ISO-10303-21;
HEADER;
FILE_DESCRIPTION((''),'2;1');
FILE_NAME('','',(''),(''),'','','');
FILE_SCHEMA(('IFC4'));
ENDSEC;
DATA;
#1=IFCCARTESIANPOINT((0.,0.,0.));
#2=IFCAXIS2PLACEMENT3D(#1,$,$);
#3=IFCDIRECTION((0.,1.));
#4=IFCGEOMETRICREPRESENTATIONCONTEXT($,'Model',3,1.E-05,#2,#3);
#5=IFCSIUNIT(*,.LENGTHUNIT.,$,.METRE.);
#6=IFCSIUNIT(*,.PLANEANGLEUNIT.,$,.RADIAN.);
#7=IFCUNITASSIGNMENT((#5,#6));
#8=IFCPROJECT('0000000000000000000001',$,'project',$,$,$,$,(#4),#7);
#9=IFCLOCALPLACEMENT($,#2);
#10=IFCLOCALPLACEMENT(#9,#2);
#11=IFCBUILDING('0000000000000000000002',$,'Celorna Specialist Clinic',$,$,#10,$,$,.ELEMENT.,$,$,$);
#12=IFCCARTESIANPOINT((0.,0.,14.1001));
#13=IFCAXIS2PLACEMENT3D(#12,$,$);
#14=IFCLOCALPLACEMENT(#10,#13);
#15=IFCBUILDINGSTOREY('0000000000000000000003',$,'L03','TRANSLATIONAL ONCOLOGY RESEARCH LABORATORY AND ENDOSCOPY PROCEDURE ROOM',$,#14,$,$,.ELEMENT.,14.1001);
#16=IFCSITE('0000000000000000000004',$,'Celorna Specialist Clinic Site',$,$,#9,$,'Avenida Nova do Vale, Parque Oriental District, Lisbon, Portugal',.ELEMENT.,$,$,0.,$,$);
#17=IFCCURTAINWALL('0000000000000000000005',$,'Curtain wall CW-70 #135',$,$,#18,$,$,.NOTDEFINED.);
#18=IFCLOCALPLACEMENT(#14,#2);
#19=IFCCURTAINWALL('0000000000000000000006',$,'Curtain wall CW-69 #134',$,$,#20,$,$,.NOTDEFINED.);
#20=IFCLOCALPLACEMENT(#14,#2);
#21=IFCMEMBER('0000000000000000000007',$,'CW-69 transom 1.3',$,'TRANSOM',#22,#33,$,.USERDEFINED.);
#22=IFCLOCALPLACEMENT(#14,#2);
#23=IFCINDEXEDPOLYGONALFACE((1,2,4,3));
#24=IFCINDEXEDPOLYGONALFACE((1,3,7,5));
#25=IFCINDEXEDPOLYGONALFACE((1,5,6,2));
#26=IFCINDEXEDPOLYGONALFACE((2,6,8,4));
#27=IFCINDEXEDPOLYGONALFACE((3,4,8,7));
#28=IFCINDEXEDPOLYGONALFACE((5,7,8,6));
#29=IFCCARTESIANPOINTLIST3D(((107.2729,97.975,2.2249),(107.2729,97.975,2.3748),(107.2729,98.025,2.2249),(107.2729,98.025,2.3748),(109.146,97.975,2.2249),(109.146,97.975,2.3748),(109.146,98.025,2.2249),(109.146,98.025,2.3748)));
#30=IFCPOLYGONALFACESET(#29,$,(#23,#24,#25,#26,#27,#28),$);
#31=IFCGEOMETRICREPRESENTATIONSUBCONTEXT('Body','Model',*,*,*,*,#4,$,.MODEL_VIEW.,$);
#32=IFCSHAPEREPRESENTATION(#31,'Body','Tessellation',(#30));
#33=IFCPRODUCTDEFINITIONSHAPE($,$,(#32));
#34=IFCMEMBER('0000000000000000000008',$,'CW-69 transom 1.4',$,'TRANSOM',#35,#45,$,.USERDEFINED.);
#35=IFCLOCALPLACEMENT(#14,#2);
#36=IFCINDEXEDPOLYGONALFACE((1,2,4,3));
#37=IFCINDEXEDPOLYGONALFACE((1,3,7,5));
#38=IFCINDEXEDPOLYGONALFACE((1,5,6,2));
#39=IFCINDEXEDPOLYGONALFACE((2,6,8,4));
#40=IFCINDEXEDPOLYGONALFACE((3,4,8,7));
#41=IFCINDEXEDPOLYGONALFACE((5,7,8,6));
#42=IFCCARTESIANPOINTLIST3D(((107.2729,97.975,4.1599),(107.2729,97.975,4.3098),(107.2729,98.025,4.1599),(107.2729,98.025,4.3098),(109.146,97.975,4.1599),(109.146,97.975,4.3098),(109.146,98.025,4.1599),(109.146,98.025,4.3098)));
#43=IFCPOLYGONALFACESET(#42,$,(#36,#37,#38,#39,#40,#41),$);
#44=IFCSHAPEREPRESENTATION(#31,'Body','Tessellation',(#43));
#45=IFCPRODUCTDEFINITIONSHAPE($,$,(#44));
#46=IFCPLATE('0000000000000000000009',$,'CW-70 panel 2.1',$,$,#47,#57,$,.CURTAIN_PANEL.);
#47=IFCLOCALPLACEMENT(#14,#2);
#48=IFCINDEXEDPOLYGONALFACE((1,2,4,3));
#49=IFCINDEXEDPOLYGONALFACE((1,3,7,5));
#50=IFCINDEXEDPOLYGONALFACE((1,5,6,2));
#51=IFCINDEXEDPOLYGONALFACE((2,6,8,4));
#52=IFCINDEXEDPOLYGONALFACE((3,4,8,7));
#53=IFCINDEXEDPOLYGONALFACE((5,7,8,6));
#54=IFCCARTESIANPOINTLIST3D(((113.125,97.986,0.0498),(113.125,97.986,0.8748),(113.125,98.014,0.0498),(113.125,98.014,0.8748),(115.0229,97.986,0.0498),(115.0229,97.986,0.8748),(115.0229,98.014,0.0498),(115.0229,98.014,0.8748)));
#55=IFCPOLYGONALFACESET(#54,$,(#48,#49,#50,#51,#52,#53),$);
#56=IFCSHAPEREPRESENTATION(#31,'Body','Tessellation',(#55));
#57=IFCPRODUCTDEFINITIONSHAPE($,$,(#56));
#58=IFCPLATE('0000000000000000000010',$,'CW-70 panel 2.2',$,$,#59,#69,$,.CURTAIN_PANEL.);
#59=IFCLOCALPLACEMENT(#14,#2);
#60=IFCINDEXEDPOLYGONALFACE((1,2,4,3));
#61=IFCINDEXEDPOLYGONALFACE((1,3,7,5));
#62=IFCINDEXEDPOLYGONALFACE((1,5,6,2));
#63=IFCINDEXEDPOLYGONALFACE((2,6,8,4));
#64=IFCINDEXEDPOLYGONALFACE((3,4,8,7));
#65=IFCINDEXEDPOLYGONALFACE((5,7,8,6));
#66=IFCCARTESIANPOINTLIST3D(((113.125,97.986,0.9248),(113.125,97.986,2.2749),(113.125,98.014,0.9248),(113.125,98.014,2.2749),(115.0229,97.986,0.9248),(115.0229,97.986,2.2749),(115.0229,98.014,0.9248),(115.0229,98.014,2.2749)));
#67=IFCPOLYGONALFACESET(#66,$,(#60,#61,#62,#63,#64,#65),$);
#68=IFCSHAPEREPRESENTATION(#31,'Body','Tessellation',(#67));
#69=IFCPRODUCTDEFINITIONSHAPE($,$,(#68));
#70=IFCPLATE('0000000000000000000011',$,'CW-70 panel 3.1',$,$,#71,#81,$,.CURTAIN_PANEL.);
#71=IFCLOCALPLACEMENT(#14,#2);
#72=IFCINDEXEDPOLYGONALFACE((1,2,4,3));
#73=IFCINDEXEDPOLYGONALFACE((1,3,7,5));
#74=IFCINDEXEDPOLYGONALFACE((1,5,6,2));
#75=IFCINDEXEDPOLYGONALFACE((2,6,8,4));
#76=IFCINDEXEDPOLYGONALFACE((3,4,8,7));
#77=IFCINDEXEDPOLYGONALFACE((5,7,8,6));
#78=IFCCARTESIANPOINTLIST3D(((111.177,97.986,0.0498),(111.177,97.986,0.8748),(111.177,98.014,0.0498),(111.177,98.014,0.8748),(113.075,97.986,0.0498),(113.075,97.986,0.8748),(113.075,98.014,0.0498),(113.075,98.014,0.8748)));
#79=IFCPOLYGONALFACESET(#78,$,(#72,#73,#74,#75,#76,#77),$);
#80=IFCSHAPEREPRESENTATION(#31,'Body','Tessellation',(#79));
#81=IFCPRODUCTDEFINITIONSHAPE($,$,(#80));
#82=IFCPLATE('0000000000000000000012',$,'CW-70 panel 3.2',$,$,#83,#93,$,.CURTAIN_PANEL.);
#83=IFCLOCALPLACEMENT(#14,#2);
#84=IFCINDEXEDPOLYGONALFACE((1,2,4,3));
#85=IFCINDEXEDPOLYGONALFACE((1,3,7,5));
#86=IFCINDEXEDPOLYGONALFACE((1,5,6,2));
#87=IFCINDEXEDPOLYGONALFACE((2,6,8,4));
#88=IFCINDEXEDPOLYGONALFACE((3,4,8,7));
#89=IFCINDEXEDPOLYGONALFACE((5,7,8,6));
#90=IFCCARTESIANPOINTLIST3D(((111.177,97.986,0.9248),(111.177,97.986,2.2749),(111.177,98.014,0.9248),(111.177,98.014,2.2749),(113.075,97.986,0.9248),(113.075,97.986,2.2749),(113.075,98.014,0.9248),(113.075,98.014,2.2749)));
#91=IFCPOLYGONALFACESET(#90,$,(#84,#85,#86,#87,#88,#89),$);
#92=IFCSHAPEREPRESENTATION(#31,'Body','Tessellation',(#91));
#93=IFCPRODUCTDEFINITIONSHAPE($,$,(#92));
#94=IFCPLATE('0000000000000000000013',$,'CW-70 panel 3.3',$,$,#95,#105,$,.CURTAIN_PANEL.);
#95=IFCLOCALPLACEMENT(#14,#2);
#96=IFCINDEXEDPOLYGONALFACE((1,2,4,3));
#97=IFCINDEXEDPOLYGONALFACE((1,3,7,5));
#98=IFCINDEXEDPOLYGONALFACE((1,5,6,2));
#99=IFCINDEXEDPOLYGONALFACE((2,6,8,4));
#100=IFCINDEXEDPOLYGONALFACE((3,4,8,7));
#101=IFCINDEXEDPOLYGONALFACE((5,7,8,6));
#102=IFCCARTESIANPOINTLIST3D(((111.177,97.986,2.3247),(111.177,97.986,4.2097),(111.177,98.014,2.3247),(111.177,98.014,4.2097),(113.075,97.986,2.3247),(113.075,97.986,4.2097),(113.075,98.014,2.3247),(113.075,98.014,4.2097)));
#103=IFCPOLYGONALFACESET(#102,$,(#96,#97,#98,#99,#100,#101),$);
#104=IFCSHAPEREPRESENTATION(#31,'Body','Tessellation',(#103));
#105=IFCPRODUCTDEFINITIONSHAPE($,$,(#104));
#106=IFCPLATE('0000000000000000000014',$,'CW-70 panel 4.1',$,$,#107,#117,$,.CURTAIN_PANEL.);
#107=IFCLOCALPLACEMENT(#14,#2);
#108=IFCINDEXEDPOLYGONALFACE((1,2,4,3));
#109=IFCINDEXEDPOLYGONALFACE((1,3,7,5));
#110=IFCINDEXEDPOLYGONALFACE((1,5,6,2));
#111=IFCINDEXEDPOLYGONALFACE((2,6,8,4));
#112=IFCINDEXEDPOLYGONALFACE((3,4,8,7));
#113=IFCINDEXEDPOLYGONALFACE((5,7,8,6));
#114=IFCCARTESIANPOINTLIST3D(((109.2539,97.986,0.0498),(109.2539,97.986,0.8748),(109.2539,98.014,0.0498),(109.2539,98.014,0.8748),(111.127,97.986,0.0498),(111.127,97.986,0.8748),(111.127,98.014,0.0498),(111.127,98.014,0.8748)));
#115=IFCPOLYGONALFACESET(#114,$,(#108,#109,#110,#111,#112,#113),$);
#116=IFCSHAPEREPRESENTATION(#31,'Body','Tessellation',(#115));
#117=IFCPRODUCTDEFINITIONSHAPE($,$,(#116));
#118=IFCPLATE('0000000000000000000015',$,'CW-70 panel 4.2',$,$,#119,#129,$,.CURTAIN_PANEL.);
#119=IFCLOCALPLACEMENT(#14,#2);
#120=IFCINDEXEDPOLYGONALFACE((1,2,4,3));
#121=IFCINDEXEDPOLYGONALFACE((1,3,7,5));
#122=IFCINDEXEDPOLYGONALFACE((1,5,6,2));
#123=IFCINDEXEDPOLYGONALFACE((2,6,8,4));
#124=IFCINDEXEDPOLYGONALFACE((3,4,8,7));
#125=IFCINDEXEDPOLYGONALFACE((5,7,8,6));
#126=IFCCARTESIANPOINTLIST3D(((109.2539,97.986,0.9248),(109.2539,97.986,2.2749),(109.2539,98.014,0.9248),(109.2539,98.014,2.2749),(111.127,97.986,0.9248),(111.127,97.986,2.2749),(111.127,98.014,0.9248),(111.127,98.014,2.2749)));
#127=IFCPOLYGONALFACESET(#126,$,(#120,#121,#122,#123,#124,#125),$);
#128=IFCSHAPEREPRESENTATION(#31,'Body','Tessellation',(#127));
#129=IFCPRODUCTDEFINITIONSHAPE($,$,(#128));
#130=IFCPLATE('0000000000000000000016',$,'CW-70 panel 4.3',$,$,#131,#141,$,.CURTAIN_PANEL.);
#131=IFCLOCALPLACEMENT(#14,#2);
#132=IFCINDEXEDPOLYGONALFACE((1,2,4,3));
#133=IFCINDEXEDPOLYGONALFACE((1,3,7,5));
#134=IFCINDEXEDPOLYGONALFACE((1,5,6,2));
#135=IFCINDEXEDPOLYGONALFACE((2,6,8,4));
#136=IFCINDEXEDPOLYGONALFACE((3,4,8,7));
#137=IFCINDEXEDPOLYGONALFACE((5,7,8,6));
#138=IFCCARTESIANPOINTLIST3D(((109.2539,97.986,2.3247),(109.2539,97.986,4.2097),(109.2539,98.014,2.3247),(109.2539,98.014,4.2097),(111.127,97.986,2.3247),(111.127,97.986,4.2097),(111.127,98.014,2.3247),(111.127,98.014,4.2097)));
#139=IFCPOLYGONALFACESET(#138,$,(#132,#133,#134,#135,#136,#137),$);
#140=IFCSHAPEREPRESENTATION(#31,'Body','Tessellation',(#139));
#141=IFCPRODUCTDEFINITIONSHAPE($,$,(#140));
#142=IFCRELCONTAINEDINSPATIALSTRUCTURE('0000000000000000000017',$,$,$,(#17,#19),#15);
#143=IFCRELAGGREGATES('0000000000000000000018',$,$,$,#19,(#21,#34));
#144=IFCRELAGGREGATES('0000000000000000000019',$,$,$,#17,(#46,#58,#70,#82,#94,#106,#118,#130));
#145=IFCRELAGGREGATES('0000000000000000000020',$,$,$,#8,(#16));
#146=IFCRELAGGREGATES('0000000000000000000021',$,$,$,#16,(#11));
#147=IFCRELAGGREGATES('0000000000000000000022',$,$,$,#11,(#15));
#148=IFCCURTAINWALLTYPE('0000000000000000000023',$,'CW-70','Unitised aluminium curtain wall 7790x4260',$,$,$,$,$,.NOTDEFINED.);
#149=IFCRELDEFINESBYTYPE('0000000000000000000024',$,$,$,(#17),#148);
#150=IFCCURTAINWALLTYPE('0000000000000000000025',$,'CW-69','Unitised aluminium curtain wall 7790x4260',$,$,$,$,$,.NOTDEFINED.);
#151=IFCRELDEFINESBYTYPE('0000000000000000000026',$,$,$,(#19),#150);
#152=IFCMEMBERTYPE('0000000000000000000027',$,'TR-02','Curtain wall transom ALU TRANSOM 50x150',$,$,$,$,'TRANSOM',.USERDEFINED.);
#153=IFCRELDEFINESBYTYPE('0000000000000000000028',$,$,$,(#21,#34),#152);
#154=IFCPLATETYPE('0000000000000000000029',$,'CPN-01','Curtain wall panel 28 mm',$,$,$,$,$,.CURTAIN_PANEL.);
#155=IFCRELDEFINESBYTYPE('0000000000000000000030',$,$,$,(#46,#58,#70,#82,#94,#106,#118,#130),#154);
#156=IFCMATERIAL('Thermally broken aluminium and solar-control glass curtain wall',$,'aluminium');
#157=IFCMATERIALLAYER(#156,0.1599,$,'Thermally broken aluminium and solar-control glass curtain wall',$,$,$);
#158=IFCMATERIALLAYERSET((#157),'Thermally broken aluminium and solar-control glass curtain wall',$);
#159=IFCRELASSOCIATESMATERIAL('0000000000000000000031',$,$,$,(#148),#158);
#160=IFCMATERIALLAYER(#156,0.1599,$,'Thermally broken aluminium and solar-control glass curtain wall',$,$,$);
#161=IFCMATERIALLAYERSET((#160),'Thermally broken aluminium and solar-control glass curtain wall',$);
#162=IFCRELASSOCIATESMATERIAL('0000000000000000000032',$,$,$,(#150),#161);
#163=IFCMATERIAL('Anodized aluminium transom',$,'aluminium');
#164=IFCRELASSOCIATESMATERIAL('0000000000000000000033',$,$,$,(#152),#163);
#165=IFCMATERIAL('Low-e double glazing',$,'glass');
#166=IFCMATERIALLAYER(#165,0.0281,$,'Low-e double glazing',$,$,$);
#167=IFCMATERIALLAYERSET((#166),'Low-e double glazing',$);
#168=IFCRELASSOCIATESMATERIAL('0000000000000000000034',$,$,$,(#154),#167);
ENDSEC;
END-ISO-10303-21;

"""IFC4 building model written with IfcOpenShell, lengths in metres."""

from ifc_helpers import new_model, si_unit, direction, frame, origin, origin_2d, place, context, subcontext, project, spatial, rectangle, extrude, material, layer, layer_set, material_profile, profile_set, type_object, element, aggregate, save


model = new_model("IFC4")

# Units and contexts
model_context = context("Model", 3, precision=1e-05, world=origin(), true_north=direction((0.0, 1.0)))
body_context = subcontext(model_context, "Body", "Model", "MODEL_VIEW")
ifc_project = project(units=[si_unit("LENGTHUNIT", "METRE"), si_unit("PLANEANGLEUNIT", "RADIAN")], contexts=[model_context])

# Site, building, storey
site_placement = place(None, origin())
site = spatial("IfcSite", under=ifc_project, at=site_placement, Name="Celorna Specialist Clinic Site", LongName="Avenida Nova do Vale, Parque Oriental District, Lisbon, Portugal", CompositionType="ELEMENT", RefElevation=0.0)
building_placement = place(site_placement, origin())
building = spatial("IfcBuilding", under=site, at=building_placement, Name="Celorna Specialist Clinic", CompositionType="ELEMENT")
storey_placement = place(building_placement, frame((0.0, 0.0, 14.1001)))
storey = spatial("IfcBuildingStorey", under=building, at=storey_placement, Name="L03", Description="TRANSLATIONAL ONCOLOGY RESEARCH LABORATORY AND ENDOSCOPY PROCEDURE ROOM", CompositionType="ELEMENT", Elevation=14.1001)

# Curtain wall
ifc_material_1 = material(Name="Thermally broken aluminium and solar-control glass curtain wall", Category="aluminium")
ifc_layer_1 = layer(ifc_material_1, 0.1599, Name="Thermally broken aluminium and solar-control glass curtain wall")
ifc_layer_set_1 = layer_set([ifc_layer_1], Name="Thermally broken aluminium and solar-control glass curtain wall")
curtain_wall_type_1 = type_object("IfcCurtainWallType", Name="CW-70", Description="Unitised aluminium curtain wall 7790x4260", PredefinedType="NOTDEFINED", material=ifc_layer_set_1)
curtain_wall_1_placement = place(storey_placement, origin())
curtain_wall_1 = element("IfcCurtainWall", 1, at=curtain_wall_1_placement, inside=storey, type_object=curtain_wall_type_1, Name="Curtain wall CW-70 #135", PredefinedType="NOTDEFINED")

# Curtain wall
ifc_layer_2 = layer(ifc_material_1, 0.1599, Name="Thermally broken aluminium and solar-control glass curtain wall")
ifc_layer_set_2 = layer_set([ifc_layer_2], Name="Thermally broken aluminium and solar-control glass curtain wall")
curtain_wall_type_2 = type_object("IfcCurtainWallType", Name="CW-69", Description="Unitised aluminium curtain wall 7790x4260", PredefinedType="NOTDEFINED", material=ifc_layer_set_2)
curtain_wall_2_placement = place(storey_placement, origin())
curtain_wall_2 = element("IfcCurtainWall", 2, at=curtain_wall_2_placement, inside=storey, type_object=curtain_wall_type_2, Name="Curtain wall CW-69 #134", PredefinedType="NOTDEFINED")

# Members
ifc_material_2 = material(Name="Anodized aluminium transom", Category="aluminium")
ifc_material_profile_1 = material_profile(ifc_material_2, rectangle(XDim=0.05, YDim=0.1499, at=origin_2d()), Name="ALU TRANSOM 50x150")
ifc_profile_set_1 = profile_set([ifc_material_profile_1], Name="Anodized aluminium transom")
member_type_1 = type_object("IfcMemberType", Name="TR-02", Description="Curtain wall transom ALU TRANSOM 50x150", ElementType="TRANSOM", PredefinedType="USERDEFINED", material=ifc_profile_set_1)
member_1_placement = place(storey_placement, frame((109.146, 98.0, 2.2998), z_axis=(-1.0, 0.0, 0.0), x_axis=(0.0, -1.0, 0.0)))
member_1 = element("IfcMember", 3, at=member_1_placement, type_object=member_type_1, Name="CW-69 transom 1.3", ObjectType="TRANSOM", PredefinedType="USERDEFINED", context=body_context, shape_type="SweptSolid", body=[
    extrude(rectangle(XDim=0.05, YDim=0.1499, at=origin_2d()), origin(), (0.0, 0.0, 1.0), 1.873),
])
member_2_placement = place(storey_placement, frame((109.146, 98.0, 4.2349), z_axis=(-1.0, 0.0, 0.0), x_axis=(0.0, -1.0, 0.0)))
member_2 = element("IfcMember", 4, at=member_2_placement, type_object=member_type_1, Name="CW-69 transom 1.4", ObjectType="TRANSOM", PredefinedType="USERDEFINED", context=body_context, shape_type="SweptSolid", body=[
    extrude(rectangle(XDim=0.05, YDim=0.1499, at=origin_2d()), origin(), (0.0, 0.0, 1.0), 1.873),
])
aggregate(curtain_wall_2, [member_1, member_2])

# Plates
ifc_material_3 = material(Name="Low-e double glazing", Category="glass")
ifc_layer_3 = layer(ifc_material_3, 0.0281, Name="Low-e double glazing")
ifc_layer_set_3 = layer_set([ifc_layer_3], Name="Low-e double glazing")
plate_type = type_object("IfcPlateType", Name="CPN-01", Description="Curtain wall panel 28 mm", PredefinedType="CURTAIN_PANEL", material=ifc_layer_set_3)
plate_1_placement = place(storey_placement, frame((114.074, 98.0, 0.0498), z_axis=(0.0, 0.0, 1.0), x_axis=(-1.0, 0.0, 0.0)))
plate_1 = element("IfcPlate", 5, at=plate_1_placement, type_object=plate_type, Name="CW-70 panel 2.1", PredefinedType="CURTAIN_PANEL", context=body_context, shape_type="SweptSolid", body=[
    extrude(rectangle(XDim=1.8979, YDim=0.0281, at=origin_2d()), origin(), (0.0, 0.0, 1.0), 0.825),
])
plate_2_placement = place(storey_placement, frame((114.074, 98.0, 0.9248), z_axis=(0.0, 0.0, 1.0), x_axis=(-1.0, 0.0, 0.0)))
plate_2 = element("IfcPlate", 6, at=plate_2_placement, type_object=plate_type, Name="CW-70 panel 2.2", PredefinedType="CURTAIN_PANEL", context=body_context, shape_type="SweptSolid", body=[
    extrude(rectangle(XDim=1.8979, YDim=0.0281, at=origin_2d()), origin(), (0.0, 0.0, 1.0), 1.3501),
])
plate_3_placement = place(storey_placement, frame((112.126, 98.0, 0.0498), z_axis=(0.0, 0.0, 1.0), x_axis=(-1.0, 0.0, 0.0)))
plate_3 = element("IfcPlate", 7, at=plate_3_placement, type_object=plate_type, Name="CW-70 panel 3.1", PredefinedType="CURTAIN_PANEL", context=body_context, shape_type="SweptSolid", body=[
    extrude(rectangle(XDim=1.8979, YDim=0.0281, at=origin_2d()), origin(), (0.0, 0.0, 1.0), 0.825),
])
plate_4_placement = place(storey_placement, frame((112.126, 98.0, 0.9248), z_axis=(0.0, 0.0, 1.0), x_axis=(-1.0, 0.0, 0.0)))
plate_4 = element("IfcPlate", 8, at=plate_4_placement, type_object=plate_type, Name="CW-70 panel 3.2", PredefinedType="CURTAIN_PANEL", context=body_context, shape_type="SweptSolid", body=[
    extrude(rectangle(XDim=1.8979, YDim=0.0281, at=origin_2d()), origin(), (0.0, 0.0, 1.0), 1.3501),
])
plate_5_placement = place(storey_placement, frame((112.126, 98.0, 2.3247), z_axis=(0.0, 0.0, 1.0), x_axis=(-1.0, 0.0, 0.0)))
plate_5 = element("IfcPlate", 9, at=plate_5_placement, type_object=plate_type, Name="CW-70 panel 3.3", PredefinedType="CURTAIN_PANEL", context=body_context, shape_type="SweptSolid", body=[
    extrude(rectangle(XDim=1.8979, YDim=0.0281, at=origin_2d()), origin(), (0.0, 0.0, 1.0), 1.885),
])
plate_6_placement = place(storey_placement, frame((110.1904, 98.0, 0.0498), z_axis=(0.0, 0.0, 1.0), x_axis=(-1.0, 0.0, 0.0)))
plate_6 = element("IfcPlate", 10, at=plate_6_placement, type_object=plate_type, Name="CW-70 panel 4.1", PredefinedType="CURTAIN_PANEL", context=body_context, shape_type="SweptSolid", body=[
    extrude(rectangle(XDim=1.873, YDim=0.0281, at=origin_2d()), origin(), (0.0, 0.0, 1.0), 0.825),
])
plate_7_placement = place(storey_placement, frame((110.1904, 98.0, 0.9248), z_axis=(0.0, 0.0, 1.0), x_axis=(-1.0, 0.0, 0.0)))
plate_7 = element("IfcPlate", 11, at=plate_7_placement, type_object=plate_type, Name="CW-70 panel 4.2", PredefinedType="CURTAIN_PANEL", context=body_context, shape_type="SweptSolid", body=[
    extrude(rectangle(XDim=1.873, YDim=0.0281, at=origin_2d()), origin(), (0.0, 0.0, 1.0), 1.3501),
])
plate_8_placement = place(storey_placement, frame((110.1904, 98.0, 2.3247), z_axis=(0.0, 0.0, 1.0), x_axis=(-1.0, 0.0, 0.0)))
plate_8 = element("IfcPlate", 12, at=plate_8_placement, type_object=plate_type, Name="CW-70 panel 4.3", PredefinedType="CURTAIN_PANEL", context=body_context, shape_type="SweptSolid", body=[
    extrude(rectangle(XDim=1.873, YDim=0.0281, at=origin_2d()), origin(), (0.0, 0.0, 1.0), 1.885),
])
aggregate(curtain_wall_1, [plate_1, plate_2, plate_3, plate_4, plate_5, plate_6, plate_7, plate_8])

save(model, "model.ifc")
